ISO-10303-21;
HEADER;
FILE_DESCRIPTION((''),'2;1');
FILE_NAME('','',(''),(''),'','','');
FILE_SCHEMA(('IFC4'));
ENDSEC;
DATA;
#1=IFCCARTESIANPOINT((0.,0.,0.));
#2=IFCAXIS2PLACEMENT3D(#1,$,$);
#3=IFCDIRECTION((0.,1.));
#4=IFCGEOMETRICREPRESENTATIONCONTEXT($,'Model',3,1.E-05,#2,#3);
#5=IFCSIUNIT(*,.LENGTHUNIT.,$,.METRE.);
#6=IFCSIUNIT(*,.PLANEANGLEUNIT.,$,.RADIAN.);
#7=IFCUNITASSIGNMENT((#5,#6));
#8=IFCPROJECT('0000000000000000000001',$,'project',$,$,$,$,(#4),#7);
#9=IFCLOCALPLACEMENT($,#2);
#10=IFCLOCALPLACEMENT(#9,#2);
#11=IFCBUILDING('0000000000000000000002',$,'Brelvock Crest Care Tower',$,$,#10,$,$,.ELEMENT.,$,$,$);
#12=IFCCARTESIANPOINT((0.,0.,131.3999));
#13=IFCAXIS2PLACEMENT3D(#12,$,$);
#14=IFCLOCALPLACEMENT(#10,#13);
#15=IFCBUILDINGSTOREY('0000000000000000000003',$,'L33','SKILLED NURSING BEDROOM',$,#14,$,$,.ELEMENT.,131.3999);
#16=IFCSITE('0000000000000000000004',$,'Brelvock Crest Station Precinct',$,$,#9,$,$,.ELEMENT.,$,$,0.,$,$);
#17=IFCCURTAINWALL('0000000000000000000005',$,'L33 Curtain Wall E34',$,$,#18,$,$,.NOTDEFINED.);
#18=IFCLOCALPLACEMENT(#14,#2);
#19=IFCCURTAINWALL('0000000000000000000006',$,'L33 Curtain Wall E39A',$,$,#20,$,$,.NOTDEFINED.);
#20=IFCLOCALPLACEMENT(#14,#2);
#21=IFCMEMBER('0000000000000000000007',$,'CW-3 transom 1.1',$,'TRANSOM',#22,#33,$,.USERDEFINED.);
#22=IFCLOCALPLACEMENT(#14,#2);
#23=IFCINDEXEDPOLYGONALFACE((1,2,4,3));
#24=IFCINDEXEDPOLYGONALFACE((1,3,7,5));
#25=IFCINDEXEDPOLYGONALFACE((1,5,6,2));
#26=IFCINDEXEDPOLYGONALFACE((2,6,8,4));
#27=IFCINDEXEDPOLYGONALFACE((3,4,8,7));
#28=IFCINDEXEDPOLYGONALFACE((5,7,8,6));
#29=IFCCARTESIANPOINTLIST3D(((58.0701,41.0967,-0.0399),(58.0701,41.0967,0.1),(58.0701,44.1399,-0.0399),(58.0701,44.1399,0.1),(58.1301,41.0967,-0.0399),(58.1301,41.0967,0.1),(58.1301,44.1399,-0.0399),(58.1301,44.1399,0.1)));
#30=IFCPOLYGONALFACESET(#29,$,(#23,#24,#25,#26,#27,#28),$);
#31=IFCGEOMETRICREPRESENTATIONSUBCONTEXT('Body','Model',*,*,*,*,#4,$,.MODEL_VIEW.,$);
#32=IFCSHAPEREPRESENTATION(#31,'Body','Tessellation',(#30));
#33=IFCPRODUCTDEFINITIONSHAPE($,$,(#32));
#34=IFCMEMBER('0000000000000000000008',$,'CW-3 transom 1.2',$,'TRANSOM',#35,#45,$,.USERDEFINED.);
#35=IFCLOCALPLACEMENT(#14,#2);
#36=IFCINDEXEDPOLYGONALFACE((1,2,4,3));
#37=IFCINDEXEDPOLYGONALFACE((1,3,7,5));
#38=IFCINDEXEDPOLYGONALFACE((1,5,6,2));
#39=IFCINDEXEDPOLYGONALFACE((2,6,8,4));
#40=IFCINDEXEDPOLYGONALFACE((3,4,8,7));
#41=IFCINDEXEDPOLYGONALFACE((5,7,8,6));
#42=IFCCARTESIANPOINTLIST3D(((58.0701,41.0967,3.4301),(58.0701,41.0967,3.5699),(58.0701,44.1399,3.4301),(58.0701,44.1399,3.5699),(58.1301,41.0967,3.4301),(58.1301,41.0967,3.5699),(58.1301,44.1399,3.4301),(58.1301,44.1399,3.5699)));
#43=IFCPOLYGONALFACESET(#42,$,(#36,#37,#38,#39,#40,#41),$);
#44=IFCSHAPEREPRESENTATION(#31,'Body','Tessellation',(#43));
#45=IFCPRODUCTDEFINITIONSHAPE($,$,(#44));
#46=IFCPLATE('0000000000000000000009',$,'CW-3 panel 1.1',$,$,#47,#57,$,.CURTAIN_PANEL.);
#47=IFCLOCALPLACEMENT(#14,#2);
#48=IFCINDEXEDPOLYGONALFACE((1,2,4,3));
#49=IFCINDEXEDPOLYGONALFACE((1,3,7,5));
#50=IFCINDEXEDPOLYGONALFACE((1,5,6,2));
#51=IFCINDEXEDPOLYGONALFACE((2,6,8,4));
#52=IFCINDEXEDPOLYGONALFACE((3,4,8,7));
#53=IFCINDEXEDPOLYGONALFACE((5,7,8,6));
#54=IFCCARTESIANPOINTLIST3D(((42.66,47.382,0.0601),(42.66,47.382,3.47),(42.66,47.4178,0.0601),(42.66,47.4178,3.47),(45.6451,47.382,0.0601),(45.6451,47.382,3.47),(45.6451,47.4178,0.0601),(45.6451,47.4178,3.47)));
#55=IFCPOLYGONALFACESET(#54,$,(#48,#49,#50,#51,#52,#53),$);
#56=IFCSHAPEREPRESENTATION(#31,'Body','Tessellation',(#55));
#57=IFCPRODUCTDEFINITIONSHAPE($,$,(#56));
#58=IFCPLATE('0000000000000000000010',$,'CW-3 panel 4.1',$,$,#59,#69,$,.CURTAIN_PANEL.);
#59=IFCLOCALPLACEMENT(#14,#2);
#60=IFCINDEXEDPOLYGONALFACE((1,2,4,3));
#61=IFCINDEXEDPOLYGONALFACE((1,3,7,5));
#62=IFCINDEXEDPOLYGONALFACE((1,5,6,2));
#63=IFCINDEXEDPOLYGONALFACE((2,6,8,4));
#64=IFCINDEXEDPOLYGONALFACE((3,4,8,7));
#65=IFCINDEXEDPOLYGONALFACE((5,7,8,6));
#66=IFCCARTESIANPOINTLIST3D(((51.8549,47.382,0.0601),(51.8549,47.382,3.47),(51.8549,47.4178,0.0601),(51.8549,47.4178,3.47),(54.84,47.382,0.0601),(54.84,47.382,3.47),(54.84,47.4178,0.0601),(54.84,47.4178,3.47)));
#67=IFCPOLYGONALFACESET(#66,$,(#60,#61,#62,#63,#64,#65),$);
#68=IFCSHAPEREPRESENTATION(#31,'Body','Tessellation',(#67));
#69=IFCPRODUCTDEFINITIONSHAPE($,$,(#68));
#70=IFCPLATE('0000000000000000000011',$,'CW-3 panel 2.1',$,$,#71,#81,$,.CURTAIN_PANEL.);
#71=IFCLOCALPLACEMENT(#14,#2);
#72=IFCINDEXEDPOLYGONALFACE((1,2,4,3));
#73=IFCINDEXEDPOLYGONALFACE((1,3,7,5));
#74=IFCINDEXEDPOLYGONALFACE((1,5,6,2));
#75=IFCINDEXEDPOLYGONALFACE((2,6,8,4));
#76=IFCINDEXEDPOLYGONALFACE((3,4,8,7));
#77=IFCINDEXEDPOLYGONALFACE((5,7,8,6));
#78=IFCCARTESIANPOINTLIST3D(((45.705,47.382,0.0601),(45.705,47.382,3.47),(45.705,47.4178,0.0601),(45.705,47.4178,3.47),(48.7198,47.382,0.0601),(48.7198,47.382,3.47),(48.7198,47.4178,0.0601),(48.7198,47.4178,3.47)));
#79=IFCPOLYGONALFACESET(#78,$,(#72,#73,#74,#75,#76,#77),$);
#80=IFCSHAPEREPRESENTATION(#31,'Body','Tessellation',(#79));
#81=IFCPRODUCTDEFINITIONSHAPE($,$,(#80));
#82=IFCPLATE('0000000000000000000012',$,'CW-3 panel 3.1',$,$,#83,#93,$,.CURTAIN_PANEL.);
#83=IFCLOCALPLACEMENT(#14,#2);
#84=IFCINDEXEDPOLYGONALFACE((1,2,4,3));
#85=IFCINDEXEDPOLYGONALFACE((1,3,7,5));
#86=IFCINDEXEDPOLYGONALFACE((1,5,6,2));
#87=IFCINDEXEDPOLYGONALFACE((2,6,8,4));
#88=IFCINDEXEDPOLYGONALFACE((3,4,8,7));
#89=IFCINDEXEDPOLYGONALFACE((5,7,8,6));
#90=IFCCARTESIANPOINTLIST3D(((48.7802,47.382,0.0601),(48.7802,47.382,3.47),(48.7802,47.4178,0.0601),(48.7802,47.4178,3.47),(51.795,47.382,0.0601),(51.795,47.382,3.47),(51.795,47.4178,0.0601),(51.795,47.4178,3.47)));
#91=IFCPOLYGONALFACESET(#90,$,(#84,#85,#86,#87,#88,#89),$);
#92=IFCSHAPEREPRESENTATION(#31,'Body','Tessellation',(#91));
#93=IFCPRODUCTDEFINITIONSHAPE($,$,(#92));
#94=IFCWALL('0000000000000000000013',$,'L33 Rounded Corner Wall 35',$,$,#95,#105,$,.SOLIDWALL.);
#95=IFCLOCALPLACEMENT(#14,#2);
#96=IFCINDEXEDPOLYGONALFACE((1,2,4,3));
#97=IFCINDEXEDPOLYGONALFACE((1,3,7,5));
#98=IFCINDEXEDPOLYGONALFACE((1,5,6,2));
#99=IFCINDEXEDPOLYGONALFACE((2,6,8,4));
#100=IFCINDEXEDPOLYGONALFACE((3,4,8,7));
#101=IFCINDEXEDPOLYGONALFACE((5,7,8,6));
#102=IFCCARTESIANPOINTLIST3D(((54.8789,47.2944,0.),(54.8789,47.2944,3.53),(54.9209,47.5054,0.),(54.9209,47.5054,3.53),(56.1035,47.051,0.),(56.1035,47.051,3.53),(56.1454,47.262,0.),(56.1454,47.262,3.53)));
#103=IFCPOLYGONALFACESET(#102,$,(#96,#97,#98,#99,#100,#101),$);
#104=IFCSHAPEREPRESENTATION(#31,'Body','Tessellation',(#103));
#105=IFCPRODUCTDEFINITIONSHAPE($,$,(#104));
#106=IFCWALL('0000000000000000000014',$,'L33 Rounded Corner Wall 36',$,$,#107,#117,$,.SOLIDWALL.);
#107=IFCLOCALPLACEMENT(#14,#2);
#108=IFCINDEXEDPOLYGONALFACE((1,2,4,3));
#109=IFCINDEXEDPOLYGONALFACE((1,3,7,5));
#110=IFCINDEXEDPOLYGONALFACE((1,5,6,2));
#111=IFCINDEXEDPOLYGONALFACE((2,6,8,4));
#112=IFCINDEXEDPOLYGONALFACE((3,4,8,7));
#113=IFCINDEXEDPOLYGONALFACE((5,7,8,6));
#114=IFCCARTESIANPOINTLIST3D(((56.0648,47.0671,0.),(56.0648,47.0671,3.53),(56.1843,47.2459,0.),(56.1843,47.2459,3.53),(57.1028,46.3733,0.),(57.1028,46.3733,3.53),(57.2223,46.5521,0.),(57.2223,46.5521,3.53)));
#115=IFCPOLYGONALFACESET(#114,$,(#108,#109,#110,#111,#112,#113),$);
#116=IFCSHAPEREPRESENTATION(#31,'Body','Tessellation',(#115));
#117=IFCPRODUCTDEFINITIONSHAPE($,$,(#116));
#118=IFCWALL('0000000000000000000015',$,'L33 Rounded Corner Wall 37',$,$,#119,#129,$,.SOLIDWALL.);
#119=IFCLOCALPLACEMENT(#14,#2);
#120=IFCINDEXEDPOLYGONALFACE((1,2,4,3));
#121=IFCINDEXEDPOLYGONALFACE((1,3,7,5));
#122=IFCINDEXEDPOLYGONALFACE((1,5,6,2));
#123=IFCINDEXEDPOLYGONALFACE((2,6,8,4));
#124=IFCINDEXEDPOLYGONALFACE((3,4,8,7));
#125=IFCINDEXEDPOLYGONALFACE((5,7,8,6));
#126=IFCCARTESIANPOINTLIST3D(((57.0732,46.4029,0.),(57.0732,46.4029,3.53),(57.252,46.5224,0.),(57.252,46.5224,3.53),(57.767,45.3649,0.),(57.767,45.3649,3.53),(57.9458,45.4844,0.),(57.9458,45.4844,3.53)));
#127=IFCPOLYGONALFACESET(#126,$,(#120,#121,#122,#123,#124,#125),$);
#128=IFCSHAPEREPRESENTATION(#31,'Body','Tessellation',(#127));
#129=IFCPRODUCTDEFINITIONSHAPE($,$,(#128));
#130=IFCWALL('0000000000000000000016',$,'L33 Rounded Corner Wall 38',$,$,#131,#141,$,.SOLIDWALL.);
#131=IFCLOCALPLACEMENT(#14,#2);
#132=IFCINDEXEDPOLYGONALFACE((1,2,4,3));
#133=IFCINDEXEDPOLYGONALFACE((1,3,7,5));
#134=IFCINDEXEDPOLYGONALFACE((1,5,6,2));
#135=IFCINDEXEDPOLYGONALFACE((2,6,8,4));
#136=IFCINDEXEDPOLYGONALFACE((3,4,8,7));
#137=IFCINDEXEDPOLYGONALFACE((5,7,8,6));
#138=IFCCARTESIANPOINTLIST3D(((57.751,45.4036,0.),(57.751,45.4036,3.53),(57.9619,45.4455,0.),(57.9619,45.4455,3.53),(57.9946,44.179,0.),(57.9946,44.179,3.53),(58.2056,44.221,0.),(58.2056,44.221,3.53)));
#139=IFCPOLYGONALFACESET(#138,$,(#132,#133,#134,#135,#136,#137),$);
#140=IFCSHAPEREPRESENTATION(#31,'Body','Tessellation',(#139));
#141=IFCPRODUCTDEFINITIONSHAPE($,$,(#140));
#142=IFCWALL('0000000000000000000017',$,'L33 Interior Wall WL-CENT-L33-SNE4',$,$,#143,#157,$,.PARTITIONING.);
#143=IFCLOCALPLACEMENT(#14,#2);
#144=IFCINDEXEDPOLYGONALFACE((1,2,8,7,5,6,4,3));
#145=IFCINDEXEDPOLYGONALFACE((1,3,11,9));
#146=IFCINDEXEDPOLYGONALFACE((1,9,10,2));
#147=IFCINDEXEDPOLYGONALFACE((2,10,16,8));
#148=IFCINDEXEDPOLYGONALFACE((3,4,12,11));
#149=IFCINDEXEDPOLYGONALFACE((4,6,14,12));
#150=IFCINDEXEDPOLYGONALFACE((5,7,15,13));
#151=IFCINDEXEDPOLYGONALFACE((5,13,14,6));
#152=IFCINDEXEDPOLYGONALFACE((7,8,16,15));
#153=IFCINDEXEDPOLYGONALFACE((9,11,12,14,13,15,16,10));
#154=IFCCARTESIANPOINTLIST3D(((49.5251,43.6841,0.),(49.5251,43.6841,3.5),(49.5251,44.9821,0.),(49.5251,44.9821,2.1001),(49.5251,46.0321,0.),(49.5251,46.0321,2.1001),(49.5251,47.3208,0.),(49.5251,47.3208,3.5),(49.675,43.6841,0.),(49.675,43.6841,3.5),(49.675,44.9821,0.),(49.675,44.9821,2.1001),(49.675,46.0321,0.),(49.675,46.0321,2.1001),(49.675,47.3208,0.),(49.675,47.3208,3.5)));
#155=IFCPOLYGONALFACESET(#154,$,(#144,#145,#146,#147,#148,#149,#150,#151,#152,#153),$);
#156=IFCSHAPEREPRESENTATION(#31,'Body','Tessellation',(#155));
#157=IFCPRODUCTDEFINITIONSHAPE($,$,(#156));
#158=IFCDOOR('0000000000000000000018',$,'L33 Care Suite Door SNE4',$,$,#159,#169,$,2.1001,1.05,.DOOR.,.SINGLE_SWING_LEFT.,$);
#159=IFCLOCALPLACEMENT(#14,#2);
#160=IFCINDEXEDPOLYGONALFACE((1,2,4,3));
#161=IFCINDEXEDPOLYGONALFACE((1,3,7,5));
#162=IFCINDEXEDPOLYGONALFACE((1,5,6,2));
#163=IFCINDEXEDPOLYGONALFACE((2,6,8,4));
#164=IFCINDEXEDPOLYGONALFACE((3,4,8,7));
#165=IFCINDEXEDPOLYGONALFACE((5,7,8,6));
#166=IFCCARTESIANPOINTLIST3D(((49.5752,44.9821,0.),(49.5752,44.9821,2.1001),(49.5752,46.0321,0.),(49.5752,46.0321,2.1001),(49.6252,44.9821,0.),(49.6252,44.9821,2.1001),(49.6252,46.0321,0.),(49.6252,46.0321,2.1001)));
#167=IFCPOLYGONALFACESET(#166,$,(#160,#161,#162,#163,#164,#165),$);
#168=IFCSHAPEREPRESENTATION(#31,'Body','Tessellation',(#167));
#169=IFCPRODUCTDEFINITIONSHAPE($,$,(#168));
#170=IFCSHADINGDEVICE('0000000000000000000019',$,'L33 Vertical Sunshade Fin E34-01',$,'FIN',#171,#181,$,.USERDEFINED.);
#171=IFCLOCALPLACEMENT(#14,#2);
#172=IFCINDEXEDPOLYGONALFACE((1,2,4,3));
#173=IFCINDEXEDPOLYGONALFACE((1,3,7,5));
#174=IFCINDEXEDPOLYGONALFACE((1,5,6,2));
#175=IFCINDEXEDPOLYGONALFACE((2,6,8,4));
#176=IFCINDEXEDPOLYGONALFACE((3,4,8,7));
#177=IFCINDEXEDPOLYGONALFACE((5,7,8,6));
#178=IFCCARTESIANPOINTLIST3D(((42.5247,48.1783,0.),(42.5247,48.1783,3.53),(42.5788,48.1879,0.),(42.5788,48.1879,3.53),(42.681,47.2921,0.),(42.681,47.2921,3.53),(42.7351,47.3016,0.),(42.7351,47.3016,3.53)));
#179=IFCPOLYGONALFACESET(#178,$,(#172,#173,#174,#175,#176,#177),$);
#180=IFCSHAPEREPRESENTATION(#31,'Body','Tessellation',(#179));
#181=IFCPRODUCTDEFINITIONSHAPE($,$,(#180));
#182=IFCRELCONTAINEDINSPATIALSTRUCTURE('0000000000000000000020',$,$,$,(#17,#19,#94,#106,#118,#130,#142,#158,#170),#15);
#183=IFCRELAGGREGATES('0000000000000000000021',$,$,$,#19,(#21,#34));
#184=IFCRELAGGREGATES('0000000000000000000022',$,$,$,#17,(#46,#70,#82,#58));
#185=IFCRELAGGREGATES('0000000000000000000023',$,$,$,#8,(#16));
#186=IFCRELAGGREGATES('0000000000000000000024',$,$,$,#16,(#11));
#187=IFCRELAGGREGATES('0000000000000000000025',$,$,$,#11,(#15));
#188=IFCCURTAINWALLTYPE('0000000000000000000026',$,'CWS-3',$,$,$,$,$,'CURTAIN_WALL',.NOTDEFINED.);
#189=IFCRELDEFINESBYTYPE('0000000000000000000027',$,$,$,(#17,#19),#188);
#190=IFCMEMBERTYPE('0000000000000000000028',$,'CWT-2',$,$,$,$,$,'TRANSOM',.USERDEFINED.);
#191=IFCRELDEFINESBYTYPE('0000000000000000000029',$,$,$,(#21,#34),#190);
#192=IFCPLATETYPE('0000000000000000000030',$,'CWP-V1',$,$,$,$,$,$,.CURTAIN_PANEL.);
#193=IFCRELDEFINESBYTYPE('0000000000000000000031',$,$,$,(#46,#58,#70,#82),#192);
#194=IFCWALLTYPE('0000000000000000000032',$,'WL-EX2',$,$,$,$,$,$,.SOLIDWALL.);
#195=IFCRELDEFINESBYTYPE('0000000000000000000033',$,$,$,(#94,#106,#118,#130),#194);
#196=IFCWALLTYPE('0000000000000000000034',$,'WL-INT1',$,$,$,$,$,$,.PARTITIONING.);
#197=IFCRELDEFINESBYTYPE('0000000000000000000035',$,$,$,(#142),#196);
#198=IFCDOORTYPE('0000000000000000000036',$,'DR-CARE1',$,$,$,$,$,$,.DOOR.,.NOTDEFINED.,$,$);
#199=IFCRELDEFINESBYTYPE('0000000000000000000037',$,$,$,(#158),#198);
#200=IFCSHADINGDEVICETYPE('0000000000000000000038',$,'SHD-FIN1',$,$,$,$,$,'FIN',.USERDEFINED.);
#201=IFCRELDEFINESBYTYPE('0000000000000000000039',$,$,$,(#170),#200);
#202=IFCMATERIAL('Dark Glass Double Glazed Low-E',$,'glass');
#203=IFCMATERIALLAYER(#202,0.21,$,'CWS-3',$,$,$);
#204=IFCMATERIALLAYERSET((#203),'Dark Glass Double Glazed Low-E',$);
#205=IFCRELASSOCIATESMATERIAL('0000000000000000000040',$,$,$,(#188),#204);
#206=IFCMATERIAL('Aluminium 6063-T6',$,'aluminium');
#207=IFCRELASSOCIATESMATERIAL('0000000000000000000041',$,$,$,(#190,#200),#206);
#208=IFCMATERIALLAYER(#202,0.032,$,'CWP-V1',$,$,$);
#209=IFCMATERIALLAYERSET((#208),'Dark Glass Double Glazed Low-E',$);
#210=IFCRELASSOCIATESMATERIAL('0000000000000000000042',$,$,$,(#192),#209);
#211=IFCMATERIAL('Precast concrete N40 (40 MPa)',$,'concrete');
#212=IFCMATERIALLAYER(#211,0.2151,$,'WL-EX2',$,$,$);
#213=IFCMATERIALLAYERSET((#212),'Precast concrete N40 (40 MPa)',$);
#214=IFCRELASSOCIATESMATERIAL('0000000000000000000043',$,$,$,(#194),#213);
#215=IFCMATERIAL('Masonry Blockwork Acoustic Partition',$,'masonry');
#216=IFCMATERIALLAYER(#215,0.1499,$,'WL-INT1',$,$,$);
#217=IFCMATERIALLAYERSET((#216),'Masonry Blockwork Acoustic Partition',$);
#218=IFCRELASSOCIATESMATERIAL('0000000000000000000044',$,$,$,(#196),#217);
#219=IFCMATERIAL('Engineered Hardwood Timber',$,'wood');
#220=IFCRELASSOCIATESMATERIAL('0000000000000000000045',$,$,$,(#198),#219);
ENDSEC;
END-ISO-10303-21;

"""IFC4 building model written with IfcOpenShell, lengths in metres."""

from ifc_helpers import new_model, si_unit, direction, frame, frame_2d, origin, origin_2d, place, context, subcontext, project, spatial, rectangle, extrude, source, transform, mapped, material, layer, layer_set, material_profile, profile_set, type_object, element, fill, aggregate, save


model = new_model("IFC4")

# Units and contexts
model_context = context("Model", 3, precision=1e-05, world=origin(), true_north=direction((0.0, 1.0)))
body_context = subcontext(model_context, "Body", "Model", "MODEL_VIEW")
ifc_project = project(units=[si_unit("LENGTHUNIT", "METRE"), si_unit("PLANEANGLEUNIT", "RADIAN")], contexts=[model_context])

# Site, building, storey
site_placement = place(None, origin())
site = spatial("IfcSite", under=ifc_project, at=site_placement, Name="Brelvock Crest Station Precinct", CompositionType="ELEMENT", RefElevation=0.0)
building_placement = place(site_placement, origin())
building = spatial("IfcBuilding", under=site, at=building_placement, Name="Brelvock Crest Care Tower", CompositionType="ELEMENT")
storey_placement = place(building_placement, frame((0.0, 0.0, 131.3999)))
storey = spatial("IfcBuildingStorey", under=building, at=storey_placement, Name="L33", Description="SKILLED NURSING BEDROOM", CompositionType="ELEMENT", Elevation=131.3999)

# Curtain wall
ifc_material_1 = material(Name="Dark Glass Double Glazed Low-E", Category="glass")
ifc_layer_1 = layer(ifc_material_1, 0.21, Name="CWS-3")
ifc_layer_set_1 = layer_set([ifc_layer_1], Name="Dark Glass Double Glazed Low-E")
curtain_wall_type = type_object("IfcCurtainWallType", Name="CWS-3", ElementType="CURTAIN_WALL", PredefinedType="NOTDEFINED", material=ifc_layer_set_1)
curtain_wall_1_placement = place(storey_placement, origin())
curtain_wall_1 = element("IfcCurtainWall", 1, at=curtain_wall_1_placement, inside=storey, type_object=curtain_wall_type, Name="L33 Curtain Wall E34", PredefinedType="NOTDEFINED")
ifc_material_2 = material(Name="Aluminium 6063-T6", Category="aluminium")

# Curtain wall
curtain_wall_2_placement = place(storey_placement, origin())
curtain_wall_2 = element("IfcCurtainWall", 2, at=curtain_wall_2_placement, inside=storey, type_object=curtain_wall_type, Name="L33 Curtain Wall E39A", PredefinedType="NOTDEFINED")

# Members
ifc_material_profile_1 = material_profile(ifc_material_2, rectangle(XDim=0.0601, YDim=0.1399, at=origin_2d()), Name="ALU60x140")
ifc_profile_set_1 = profile_set([ifc_material_profile_1], Name="Aluminium 6063-T6")
member_type_1 = type_object("IfcMemberType", Name="CWT-2", ElementType="TRANSOM", PredefinedType="USERDEFINED", material=ifc_profile_set_1)
shared_shape_1 = source(origin(), body_context, "Body", "SweptSolid", [
    extrude(rectangle(XDim=0.0601, YDim=0.1399, at=origin_2d()), origin(), (0.0, 0.0, 1.0), 3.0432),
])
member_1_placement = place(storey_placement, frame((58.1001, 44.1399, 0.03), z_axis=(0.0, -1.0, 0.0), x_axis=(1.0, 0.0, 0.0)))
member_1 = element("IfcMember", 3, at=member_1_placement, type_object=member_type_1, Name="CW-3 transom 1.1", ObjectType="TRANSOM", PredefinedType="USERDEFINED", context=body_context, shape_type="MappedRepresentation", body=[
    mapped(shared_shape_1, transform((0.0, 0.0, 0.0), x_axis=(1.0, 0.0, 0.0), y_axis=(0.0, 1.0, 0.0), z_axis=(0.0, 0.0, 1.0), scale=1.0)),
])
member_2_placement = place(storey_placement, frame((58.1001, 44.1399, 3.5), z_axis=(0.0, -1.0, 0.0), x_axis=(1.0, 0.0, 0.0)))
member_2 = element("IfcMember", 4, at=member_2_placement, type_object=member_type_1, Name="CW-3 transom 1.2", ObjectType="TRANSOM", PredefinedType="USERDEFINED", context=body_context, shape_type="MappedRepresentation", body=[
    mapped(shared_shape_1, transform((0.0, 0.0, 0.0), x_axis=(1.0, 0.0, 0.0), y_axis=(0.0, 1.0, 0.0), z_axis=(0.0, 0.0, 1.0), scale=1.0)),
])
aggregate(curtain_wall_2, [member_1, member_2])

# Plates
ifc_layer_2 = layer(ifc_material_1, 0.032, Name="CWP-V1")
ifc_layer_set_2 = layer_set([ifc_layer_2], Name="Dark Glass Double Glazed Low-E")
plate_type = type_object("IfcPlateType", Name="CWP-V1", PredefinedType="CURTAIN_PANEL", material=ifc_layer_set_2)
shared_shape_2 = source(origin(), body_context, "Body", "SweptSolid", [
    extrude(rectangle(XDim=2.9851, YDim=0.0359, at=origin_2d()), origin(), (0.0, 0.0, 1.0), 3.4099),
])
plate_1_placement = place(storey_placement, frame((44.1526, 47.3999, 0.0601), z_axis=(0.0, 0.0, 1.0), x_axis=(1.0, 0.0, 0.0)))
plate_1 = element("IfcPlate", 5, at=plate_1_placement, type_object=plate_type, Name="CW-3 panel 1.1", PredefinedType="CURTAIN_PANEL", context=body_context, shape_type="MappedRepresentation", body=[
    mapped(shared_shape_2, transform((0.0, 0.0, 0.0), x_axis=(1.0, 0.0, 0.0), y_axis=(0.0, 1.0, 0.0), z_axis=(0.0, 0.0, 1.0), scale=1.0)),
])
plate_2_placement = place(storey_placement, frame((53.3474, 47.3999, 0.0601), z_axis=(0.0, 0.0, 1.0), x_axis=(1.0, 0.0, 0.0)))
plate_2 = element("IfcPlate", 6, at=plate_2_placement, type_object=plate_type, Name="CW-3 panel 4.1", PredefinedType="CURTAIN_PANEL", context=body_context, shape_type="MappedRepresentation", body=[
    mapped(shared_shape_2, transform((0.0, 0.0, 0.0), x_axis=(1.0, 0.0, 0.0), y_axis=(0.0, 1.0, 0.0), z_axis=(0.0, 0.0, 1.0), scale=1.0)),
])
shared_shape_3 = source(origin(), body_context, "Body", "SweptSolid", [
    extrude(rectangle(XDim=3.0149, YDim=0.0359, at=origin_2d()), origin(), (0.0, 0.0, 1.0), 3.4099),
])
plate_3_placement = place(storey_placement, frame((47.2124, 47.3999, 0.0601), z_axis=(0.0, 0.0, 1.0), x_axis=(1.0, 0.0, 0.0)))
plate_3 = element("IfcPlate", 7, at=plate_3_placement, type_object=plate_type, Name="CW-3 panel 2.1", PredefinedType="CURTAIN_PANEL", context=body_context, shape_type="MappedRepresentation", body=[
    mapped(shared_shape_3, transform((0.0, 0.0, 0.0), x_axis=(1.0, 0.0, 0.0), y_axis=(0.0, 1.0, 0.0), z_axis=(0.0, 0.0, 1.0), scale=1.0)),
])
plate_4_placement = place(storey_placement, frame((50.2876, 47.3999, 0.0601), z_axis=(0.0, 0.0, 1.0), x_axis=(1.0, 0.0, 0.0)))
plate_4 = element("IfcPlate", 8, at=plate_4_placement, type_object=plate_type, Name="CW-3 panel 3.1", PredefinedType="CURTAIN_PANEL", context=body_context, shape_type="MappedRepresentation", body=[
    mapped(shared_shape_3, transform((0.0, 0.0, 0.0), x_axis=(1.0, 0.0, 0.0), y_axis=(0.0, 1.0, 0.0), z_axis=(0.0, 0.0, 1.0), scale=1.0)),
])
aggregate(curtain_wall_1, [plate_1, plate_3, plate_4, plate_2])

# Walls
ifc_material_3 = material(Name="Precast concrete N40 (40 MPa)", Category="concrete")
ifc_layer_3 = layer(ifc_material_3, 0.2151, Name="WL-EX2")
ifc_layer_set_3 = layer_set([ifc_layer_3], Name="Precast concrete N40 (40 MPa)")
wall_type_1 = type_object("IfcWallType", Name="WL-EX2", PredefinedType="SOLIDWALL", material=ifc_layer_set_3)
for number, where, z_axis, x_axis, name in (
    (9, (54.8999, 47.3999, 0.0), (0.0, 0.0, 1.0), (0.980813, -0.19495, 0.0), "L33 Rounded Corner Wall 35"),
    (10, (56.1245, 47.1565, 0.0), (0.0, 0.0, 1.0), (0.831388, -0.555692, 0.0), "L33 Rounded Corner Wall 36"),
    (11, (57.1626, 46.4626, 0.0), (0.0, 0.0, 1.0), (0.555692, -0.831388, 0.0), "L33 Rounded Corner Wall 37"),
    (12, (57.8564, 45.4246, 0.0), (0.0, 0.0, 1.0), (0.195138, -0.980776, 0.0), "L33 Rounded Corner Wall 38"),
):
    element("IfcWall", number, at=place(storey_placement, frame(where, z_axis=z_axis, x_axis=x_axis)), inside=storey, type_object=wall_type_1, Name=name, PredefinedType="SOLIDWALL", context=body_context, shape_type="SweptSolid", body=[
        extrude(rectangle(XDim=1.2485, YDim=0.2151, at=frame_2d((0.6243, 0.0))), origin(), (0.0, 0.0, 1.0), 3.53),
    ])

# Wall, opening, door
ifc_material_4 = material(Name="Masonry Blockwork Acoustic Partition", Category="masonry")
ifc_layer_4 = layer(ifc_material_4, 0.1499, Name="WL-INT1")
ifc_layer_set_4 = layer_set([ifc_layer_4], Name="Masonry Blockwork Acoustic Partition")
wall_type_2 = type_object("IfcWallType", Name="WL-INT1", PredefinedType="PARTITIONING", material=ifc_layer_set_4)
wall_placement = place(storey_placement, frame((49.6001, 43.6841, 0.0), z_axis=(0.0, 0.0, 1.0), x_axis=(0.0, 1.0, 0.0)))
wall = element("IfcWall", 13, at=wall_placement, inside=storey, type_object=wall_type_2, Name="L33 Interior Wall WL-CENT-L33-SNE4", PredefinedType="PARTITIONING", context=body_context, shape_type="SweptSolid", body=[
    extrude(rectangle(XDim=3.6367, YDim=0.1499, at=frame_2d((1.8184, 0.0))), origin(), (0.0, 0.0, 1.0), 3.5),
])
opening_placement = place(wall_placement, frame((1.2981, 0.0, 0.0)))
opening = element("IfcOpeningElement", 14, at=opening_placement, cuts=wall, PredefinedType="OPENING", context=body_context, shape_type="SweptSolid", body=[
    extrude(rectangle(XDim=1.05, YDim=2.1001, at=origin_2d()), frame((0.5249, 0.085, 1.05), z_axis=(0.0, -1.0, 0.0), x_axis=(1.0, 0.0, 0.0)), (0.0, 0.0, 1.0), 0.1699),
])
ifc_material_5 = material(Name="Engineered Hardwood Timber", Category="wood")
door_type = type_object("IfcDoorType", Name="DR-CARE1", OperationType="NOTDEFINED", PredefinedType="DOOR", material=ifc_material_5)
shared_shape_4 = source(origin(), body_context, "Body", "SweptSolid", [
    extrude(rectangle(XDim=1.05, YDim=2.1001, at=origin_2d()), frame((0.5249, 0.0249, 1.05), z_axis=(0.0, -1.0, 0.0), x_axis=(1.0, 0.0, 0.0)), (0.0, 0.0, 1.0), 0.05),
])
door_placement = place(opening_placement, origin())
door = element("IfcDoor", 15, at=door_placement, inside=storey, type_object=door_type, Name="L33 Care Suite Door SNE4", OperationType="SINGLE_SWING_LEFT", OverallHeight=2.1001, OverallWidth=1.05, PredefinedType="DOOR", context=body_context, shape_type="MappedRepresentation", body=[
    mapped(shared_shape_4, transform((0.0, 0.0, 0.0), x_axis=(1.0, 0.0, 0.0), y_axis=(0.0, 1.0, 0.0), z_axis=(0.0, 0.0, 1.0), scale=1.0)),
])
fill(opening, door)

# Shading device
ifc_material_profile_2 = material_profile(ifc_material_2, rectangle(XDim=0.0549, YDim=0.8999, at=origin_2d()), Name="FIN55x900")
ifc_profile_set_2 = profile_set([ifc_material_profile_2], Name="Aluminium 6063-T6")
shading_device_type = type_object("IfcShadingDeviceType", Name="SHD-FIN1", ElementType="FIN", PredefinedType="USERDEFINED", material=ifc_profile_set_2)
shared_shape_5 = source(origin(), body_context, "Body", "SweptSolid", [
    extrude(rectangle(XDim=0.0549, YDim=0.8999, at=origin_2d()), origin(), (0.0, 0.0, 1.0), 3.53),
])
for number, where, z_axis, x_axis, name in (
    (16, (42.6299, 47.74, 0.0), (0.0, 0.0, 1.0), (0.984808, 0.173648, 0.0), "L33 Vertical Sunshade Fin E34-01"),
):
    element("IfcShadingDevice", number, at=place(storey_placement, frame(where, z_axis=z_axis, x_axis=x_axis)), inside=storey, type_object=shading_device_type, Name=name, ObjectType="FIN", PredefinedType="USERDEFINED", context=body_context, shape_type="MappedRepresentation", body=[
        mapped(shared_shape_5, transform((0.0, 0.0, 0.0), x_axis=(1.0, 0.0, 0.0), y_axis=(0.0, 1.0, 0.0), z_axis=(0.0, 0.0, 1.0), scale=1.0)),
    ])

save(model, "model.ifc")
